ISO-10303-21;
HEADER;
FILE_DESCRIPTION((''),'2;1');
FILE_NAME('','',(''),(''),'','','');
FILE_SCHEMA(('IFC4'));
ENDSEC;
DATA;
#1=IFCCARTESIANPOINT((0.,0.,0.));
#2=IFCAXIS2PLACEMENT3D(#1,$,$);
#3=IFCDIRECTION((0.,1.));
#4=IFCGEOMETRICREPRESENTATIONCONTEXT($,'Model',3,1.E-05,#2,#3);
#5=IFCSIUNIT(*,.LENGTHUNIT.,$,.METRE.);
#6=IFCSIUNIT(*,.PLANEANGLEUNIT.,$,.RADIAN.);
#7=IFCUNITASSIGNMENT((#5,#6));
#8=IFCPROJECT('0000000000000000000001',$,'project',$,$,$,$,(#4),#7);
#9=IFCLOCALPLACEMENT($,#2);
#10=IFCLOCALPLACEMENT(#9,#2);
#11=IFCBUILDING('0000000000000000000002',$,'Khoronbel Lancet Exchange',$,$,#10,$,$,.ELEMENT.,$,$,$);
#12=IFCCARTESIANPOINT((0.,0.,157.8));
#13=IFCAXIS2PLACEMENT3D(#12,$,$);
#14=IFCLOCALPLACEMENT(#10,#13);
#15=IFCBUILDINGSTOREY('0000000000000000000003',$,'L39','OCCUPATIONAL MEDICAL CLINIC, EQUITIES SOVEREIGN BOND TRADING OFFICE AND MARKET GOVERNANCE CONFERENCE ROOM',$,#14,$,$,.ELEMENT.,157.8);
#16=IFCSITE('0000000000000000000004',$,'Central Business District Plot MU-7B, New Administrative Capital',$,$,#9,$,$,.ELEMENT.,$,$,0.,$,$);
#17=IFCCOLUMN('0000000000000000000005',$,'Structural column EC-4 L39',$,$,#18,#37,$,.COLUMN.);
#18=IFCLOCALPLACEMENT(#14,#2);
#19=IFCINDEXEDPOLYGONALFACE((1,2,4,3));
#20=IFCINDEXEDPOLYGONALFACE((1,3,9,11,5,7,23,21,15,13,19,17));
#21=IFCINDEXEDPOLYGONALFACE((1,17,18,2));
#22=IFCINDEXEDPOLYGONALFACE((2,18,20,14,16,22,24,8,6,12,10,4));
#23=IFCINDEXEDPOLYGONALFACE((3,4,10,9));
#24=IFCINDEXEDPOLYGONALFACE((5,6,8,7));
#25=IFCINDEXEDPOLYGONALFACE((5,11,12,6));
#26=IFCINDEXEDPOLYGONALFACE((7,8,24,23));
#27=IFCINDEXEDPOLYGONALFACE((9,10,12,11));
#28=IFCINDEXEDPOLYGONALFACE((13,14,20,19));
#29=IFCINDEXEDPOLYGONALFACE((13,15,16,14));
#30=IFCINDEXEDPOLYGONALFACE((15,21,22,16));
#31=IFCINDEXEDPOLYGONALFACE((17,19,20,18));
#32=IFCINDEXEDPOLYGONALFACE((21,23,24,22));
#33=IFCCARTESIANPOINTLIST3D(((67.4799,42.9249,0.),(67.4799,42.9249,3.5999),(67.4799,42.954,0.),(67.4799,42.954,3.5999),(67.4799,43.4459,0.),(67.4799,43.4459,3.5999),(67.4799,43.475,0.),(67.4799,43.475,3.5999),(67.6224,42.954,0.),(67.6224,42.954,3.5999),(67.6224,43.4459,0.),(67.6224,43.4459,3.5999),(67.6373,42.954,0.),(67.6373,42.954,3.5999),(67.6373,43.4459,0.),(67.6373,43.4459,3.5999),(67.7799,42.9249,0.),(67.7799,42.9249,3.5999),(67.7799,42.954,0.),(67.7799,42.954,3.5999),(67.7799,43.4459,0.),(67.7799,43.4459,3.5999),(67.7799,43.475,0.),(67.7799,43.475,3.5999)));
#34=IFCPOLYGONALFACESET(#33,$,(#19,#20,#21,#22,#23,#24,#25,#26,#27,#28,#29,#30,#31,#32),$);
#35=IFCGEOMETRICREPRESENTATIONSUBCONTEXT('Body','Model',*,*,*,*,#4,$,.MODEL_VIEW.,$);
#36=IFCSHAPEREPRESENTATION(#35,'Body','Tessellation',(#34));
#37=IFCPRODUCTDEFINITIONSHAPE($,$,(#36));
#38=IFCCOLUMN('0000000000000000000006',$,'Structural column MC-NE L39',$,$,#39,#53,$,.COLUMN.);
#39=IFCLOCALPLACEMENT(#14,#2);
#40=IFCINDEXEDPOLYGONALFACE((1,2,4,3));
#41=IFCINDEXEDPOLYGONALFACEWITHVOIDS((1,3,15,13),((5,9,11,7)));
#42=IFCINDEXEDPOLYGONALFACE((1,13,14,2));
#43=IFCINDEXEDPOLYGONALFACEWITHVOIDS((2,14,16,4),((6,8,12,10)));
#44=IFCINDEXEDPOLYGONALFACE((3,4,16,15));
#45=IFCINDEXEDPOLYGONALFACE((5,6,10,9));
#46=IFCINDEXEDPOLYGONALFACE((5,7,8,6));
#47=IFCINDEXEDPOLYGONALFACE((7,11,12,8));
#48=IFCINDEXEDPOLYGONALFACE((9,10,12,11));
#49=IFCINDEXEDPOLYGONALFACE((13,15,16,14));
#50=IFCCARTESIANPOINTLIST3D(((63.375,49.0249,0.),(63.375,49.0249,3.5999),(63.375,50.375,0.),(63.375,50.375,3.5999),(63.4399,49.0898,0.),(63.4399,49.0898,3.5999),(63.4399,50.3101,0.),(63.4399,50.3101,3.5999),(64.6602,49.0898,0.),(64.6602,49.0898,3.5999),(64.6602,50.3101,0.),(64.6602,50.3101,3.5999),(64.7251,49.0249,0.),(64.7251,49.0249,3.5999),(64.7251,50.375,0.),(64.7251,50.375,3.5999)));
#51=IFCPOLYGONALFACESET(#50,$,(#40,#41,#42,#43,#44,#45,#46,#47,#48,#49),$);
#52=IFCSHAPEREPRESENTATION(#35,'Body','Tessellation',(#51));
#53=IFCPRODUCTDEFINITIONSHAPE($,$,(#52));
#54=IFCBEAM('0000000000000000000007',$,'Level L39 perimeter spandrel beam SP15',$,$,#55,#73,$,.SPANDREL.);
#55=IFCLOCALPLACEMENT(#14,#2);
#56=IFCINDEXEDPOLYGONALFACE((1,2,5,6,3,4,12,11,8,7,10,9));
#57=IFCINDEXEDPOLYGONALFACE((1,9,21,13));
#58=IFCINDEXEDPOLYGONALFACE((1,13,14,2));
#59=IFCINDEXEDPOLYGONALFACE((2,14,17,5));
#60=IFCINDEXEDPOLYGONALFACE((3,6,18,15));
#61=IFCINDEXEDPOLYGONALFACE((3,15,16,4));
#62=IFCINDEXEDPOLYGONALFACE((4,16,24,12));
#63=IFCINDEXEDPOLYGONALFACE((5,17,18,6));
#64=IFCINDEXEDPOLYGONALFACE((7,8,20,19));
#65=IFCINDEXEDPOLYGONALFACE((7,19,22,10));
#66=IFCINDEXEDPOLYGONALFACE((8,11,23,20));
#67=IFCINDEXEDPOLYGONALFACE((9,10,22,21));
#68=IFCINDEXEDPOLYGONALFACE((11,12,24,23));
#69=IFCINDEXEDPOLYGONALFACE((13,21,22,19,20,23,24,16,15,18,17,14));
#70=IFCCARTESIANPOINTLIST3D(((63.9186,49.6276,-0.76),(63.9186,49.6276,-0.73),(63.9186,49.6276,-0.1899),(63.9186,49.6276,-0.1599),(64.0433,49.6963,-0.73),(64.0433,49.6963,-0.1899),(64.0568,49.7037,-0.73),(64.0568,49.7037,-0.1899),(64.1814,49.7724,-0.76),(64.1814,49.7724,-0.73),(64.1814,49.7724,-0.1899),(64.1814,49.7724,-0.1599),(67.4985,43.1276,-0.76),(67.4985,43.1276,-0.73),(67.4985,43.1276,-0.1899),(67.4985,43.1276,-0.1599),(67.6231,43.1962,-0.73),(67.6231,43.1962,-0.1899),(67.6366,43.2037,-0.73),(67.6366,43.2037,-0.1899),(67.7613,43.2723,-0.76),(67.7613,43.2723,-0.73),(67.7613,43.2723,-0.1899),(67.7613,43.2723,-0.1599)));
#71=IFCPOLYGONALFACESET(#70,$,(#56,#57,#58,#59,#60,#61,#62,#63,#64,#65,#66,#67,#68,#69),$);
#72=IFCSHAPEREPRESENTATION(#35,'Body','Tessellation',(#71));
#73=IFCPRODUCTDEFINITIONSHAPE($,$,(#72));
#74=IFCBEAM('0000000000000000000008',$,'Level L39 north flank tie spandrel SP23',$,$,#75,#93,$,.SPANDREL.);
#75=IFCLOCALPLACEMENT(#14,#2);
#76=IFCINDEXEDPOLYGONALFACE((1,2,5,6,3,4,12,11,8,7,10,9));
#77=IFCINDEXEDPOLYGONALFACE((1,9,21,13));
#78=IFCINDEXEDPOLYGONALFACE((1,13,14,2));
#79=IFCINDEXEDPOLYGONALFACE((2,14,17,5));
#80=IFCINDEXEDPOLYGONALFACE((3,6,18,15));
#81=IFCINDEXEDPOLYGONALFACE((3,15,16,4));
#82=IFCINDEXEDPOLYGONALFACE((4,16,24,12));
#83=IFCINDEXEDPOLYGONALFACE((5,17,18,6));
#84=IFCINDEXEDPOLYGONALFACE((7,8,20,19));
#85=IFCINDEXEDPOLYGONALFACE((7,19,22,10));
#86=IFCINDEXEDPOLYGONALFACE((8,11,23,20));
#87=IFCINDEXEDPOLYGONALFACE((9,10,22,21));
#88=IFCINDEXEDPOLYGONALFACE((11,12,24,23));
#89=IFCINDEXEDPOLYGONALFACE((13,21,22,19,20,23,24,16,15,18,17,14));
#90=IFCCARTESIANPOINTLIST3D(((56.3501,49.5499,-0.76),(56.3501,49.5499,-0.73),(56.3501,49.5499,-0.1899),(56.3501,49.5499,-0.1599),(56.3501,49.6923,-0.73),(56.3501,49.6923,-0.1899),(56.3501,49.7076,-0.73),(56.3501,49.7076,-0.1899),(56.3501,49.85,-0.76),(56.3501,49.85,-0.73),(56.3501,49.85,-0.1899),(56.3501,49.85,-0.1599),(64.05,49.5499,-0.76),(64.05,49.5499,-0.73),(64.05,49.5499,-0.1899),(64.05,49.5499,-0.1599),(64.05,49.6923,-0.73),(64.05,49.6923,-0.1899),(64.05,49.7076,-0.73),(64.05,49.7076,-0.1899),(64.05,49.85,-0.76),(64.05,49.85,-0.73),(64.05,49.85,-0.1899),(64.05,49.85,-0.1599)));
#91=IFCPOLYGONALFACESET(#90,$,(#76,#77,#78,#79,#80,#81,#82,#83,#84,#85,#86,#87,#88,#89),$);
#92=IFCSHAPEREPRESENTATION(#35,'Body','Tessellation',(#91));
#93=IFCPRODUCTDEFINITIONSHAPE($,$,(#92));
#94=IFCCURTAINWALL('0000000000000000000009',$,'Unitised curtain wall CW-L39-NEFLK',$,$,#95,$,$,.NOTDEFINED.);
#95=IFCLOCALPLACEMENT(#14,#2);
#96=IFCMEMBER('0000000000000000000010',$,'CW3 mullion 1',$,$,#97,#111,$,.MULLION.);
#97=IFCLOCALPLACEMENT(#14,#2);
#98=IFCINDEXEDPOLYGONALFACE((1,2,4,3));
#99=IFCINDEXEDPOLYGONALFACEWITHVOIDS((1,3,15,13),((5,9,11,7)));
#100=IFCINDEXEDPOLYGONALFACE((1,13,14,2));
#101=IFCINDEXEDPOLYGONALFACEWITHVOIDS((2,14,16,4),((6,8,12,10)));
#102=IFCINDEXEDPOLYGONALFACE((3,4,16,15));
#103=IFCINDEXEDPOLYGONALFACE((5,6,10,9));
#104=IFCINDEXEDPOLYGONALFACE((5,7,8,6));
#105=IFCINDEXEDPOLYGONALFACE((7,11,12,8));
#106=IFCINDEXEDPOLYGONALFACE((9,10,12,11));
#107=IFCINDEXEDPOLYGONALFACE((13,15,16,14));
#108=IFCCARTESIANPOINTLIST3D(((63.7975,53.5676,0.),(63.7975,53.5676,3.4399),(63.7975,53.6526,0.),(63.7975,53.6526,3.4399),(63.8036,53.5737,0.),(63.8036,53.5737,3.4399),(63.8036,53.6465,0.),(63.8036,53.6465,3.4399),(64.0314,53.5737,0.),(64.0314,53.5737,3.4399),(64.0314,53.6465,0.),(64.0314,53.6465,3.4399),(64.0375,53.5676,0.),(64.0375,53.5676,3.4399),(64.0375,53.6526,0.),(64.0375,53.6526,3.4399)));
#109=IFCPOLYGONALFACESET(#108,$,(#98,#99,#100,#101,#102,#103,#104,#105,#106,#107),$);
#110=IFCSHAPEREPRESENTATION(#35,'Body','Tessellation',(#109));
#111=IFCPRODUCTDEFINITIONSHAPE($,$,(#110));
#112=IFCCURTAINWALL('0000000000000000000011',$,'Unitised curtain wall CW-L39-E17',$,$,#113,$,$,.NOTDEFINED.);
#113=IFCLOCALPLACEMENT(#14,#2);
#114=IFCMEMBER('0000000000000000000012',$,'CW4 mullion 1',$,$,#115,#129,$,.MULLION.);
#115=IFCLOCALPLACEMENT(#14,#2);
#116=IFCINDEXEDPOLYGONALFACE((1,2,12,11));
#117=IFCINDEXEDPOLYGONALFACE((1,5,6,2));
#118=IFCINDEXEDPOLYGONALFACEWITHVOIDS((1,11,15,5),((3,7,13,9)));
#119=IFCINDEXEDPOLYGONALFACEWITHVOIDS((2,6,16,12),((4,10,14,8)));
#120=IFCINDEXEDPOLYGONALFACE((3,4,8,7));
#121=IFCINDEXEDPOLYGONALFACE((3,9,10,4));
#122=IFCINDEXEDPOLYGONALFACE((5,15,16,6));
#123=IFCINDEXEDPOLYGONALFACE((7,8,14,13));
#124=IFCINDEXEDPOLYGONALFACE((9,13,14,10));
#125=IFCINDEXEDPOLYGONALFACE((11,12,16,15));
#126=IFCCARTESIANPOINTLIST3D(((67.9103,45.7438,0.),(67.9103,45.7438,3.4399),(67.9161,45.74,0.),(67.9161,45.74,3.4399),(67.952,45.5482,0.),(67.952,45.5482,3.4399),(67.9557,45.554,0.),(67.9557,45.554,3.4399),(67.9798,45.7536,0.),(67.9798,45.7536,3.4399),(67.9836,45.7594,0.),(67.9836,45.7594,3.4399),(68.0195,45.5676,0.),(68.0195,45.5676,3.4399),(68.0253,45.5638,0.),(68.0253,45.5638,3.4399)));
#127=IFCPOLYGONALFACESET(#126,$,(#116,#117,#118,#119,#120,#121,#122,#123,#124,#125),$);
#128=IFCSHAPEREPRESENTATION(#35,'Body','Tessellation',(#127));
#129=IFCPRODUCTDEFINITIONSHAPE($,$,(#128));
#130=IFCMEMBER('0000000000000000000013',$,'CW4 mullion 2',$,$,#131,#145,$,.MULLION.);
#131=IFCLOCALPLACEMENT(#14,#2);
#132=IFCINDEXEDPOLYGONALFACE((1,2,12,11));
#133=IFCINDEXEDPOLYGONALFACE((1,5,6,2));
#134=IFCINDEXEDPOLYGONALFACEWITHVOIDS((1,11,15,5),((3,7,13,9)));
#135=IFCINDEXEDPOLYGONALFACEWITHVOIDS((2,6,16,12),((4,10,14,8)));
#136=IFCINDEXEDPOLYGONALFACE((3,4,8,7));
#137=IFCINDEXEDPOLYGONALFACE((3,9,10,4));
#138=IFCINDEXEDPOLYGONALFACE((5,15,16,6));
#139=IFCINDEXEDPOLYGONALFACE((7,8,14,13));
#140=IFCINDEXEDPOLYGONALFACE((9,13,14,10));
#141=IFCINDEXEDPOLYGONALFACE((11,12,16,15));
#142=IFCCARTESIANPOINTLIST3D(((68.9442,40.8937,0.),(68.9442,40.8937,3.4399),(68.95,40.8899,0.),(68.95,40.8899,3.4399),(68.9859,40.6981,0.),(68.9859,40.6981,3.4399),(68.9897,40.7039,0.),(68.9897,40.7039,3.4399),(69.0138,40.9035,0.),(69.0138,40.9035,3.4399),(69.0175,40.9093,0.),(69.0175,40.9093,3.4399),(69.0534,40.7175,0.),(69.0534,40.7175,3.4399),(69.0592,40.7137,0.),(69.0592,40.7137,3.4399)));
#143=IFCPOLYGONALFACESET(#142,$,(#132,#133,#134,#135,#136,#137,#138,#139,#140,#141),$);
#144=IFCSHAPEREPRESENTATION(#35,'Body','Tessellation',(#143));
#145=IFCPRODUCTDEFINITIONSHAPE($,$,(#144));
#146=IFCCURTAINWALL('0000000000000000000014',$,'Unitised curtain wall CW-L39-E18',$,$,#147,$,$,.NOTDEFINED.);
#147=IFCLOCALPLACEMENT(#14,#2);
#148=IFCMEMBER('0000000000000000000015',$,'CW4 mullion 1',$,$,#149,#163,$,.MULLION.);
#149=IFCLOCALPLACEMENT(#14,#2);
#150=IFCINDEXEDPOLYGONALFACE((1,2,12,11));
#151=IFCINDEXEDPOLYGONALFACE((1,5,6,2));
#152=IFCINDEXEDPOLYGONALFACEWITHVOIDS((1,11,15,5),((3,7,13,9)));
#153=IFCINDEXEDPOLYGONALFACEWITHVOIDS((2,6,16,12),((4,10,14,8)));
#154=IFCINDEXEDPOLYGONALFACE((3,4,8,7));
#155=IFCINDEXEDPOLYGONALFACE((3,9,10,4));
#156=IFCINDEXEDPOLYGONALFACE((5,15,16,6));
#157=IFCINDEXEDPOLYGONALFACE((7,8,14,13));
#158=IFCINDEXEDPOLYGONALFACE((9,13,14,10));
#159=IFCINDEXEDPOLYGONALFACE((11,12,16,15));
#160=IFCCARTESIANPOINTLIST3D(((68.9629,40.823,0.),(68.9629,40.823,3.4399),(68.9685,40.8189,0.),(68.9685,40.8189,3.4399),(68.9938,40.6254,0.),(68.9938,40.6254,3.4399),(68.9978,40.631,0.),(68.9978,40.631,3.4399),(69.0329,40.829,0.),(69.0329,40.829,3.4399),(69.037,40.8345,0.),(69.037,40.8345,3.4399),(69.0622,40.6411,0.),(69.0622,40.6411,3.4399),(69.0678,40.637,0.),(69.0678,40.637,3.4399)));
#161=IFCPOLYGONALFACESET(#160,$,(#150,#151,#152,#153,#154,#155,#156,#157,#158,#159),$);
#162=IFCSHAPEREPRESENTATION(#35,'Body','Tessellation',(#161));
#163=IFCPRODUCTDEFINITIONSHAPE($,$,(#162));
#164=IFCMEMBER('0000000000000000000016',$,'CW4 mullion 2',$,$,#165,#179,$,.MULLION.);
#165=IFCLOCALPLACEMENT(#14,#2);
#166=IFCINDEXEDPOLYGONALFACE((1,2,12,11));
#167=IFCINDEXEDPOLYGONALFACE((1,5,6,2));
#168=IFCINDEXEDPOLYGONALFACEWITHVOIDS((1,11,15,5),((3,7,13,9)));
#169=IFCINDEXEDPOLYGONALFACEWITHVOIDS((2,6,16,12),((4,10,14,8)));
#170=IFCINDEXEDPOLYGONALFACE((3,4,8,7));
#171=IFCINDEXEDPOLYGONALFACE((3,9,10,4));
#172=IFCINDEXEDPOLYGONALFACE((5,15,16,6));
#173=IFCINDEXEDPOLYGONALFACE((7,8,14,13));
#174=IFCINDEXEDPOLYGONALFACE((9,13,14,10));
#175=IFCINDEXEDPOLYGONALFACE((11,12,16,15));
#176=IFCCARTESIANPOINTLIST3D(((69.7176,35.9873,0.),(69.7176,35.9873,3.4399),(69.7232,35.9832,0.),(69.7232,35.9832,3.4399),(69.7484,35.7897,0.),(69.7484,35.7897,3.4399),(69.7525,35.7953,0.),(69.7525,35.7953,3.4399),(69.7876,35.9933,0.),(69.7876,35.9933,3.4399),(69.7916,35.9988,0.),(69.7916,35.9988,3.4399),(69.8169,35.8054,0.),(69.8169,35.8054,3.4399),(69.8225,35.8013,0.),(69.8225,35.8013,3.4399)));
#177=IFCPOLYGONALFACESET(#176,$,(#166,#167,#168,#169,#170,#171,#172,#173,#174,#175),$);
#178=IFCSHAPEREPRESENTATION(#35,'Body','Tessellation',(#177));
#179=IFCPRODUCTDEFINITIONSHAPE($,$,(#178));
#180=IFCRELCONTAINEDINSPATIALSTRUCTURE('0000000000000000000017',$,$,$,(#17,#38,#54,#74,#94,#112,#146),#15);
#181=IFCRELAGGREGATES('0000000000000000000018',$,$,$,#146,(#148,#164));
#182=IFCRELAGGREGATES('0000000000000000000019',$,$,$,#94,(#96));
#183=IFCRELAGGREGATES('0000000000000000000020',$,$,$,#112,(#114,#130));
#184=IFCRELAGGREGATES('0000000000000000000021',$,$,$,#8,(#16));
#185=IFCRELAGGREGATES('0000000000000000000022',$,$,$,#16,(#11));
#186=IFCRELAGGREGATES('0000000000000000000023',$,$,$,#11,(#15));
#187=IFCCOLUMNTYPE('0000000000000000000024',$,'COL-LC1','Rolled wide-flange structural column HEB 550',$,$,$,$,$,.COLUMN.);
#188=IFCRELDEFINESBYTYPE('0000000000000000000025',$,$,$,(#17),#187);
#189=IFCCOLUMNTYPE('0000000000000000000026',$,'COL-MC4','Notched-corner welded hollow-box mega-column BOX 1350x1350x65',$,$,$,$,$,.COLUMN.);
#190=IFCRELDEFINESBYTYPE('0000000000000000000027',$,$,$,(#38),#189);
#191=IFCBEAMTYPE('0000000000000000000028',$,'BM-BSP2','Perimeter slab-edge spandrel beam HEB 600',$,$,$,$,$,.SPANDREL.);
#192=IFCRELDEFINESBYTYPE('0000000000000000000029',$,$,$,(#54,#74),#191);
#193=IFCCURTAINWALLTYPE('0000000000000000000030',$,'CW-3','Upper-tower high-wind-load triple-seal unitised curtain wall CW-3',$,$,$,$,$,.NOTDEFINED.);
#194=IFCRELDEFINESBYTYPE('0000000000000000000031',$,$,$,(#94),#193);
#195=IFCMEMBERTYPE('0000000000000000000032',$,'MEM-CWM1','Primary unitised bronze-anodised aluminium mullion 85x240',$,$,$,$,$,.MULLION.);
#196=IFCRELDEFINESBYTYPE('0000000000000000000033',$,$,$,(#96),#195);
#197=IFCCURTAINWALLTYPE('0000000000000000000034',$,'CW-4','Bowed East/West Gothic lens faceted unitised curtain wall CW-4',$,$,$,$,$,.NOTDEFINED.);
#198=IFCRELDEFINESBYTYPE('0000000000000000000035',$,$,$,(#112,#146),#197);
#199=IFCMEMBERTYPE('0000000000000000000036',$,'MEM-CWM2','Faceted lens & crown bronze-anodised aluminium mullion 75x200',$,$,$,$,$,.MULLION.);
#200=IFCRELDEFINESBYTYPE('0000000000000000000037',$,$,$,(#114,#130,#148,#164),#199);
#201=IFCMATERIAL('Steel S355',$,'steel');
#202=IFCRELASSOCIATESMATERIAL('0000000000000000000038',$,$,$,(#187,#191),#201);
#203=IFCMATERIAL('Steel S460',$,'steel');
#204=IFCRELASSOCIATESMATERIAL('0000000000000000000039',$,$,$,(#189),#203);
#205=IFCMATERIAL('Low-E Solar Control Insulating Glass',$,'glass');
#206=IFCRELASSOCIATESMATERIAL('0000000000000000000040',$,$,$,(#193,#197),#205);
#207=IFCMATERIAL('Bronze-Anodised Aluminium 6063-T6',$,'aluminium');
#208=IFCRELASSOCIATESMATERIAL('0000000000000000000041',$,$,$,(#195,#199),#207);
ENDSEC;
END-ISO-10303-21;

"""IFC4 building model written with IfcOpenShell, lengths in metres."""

from ifc_helpers import new_model, si_unit, direction, frame, origin, origin_2d, place, context, subcontext, project, spatial, hollow_rectangle, i_section, extrude, material, material_profile, profile_set, type_object, element, aggregate, save


model = new_model("IFC4")

# Units and contexts
model_context = context("Model", 3, precision=1e-05, world=origin(), true_north=direction((0.0, 1.0)))
body_context = subcontext(model_context, "Body", "Model", "MODEL_VIEW")
ifc_project = project(units=[si_unit("LENGTHUNIT", "METRE"), si_unit("PLANEANGLEUNIT", "RADIAN")], contexts=[model_context])

# Site, building, storey
site_placement = place(None, origin())
site = spatial("IfcSite", under=ifc_project, at=site_placement, Name="Central Business District Plot MU-7B, New Administrative Capital", CompositionType="ELEMENT", RefElevation=0.0)
building_placement = place(site_placement, origin())
building = spatial("IfcBuilding", under=site, at=building_placement, Name="Khoronbel Lancet Exchange", CompositionType="ELEMENT")
storey_placement = place(building_placement, frame((0.0, 0.0, 157.8)))
storey = spatial("IfcBuildingStorey", under=building, at=storey_placement, Name="L39", Description="OCCUPATIONAL MEDICAL CLINIC, EQUITIES SOVEREIGN BOND TRADING OFFICE AND MARKET GOVERNANCE CONFERENCE ROOM", CompositionType="ELEMENT", Elevation=157.8)

# Columns
ifc_material_1 = material(Name="Steel S355", Category="steel")
ifc_material_profile_1 = material_profile(ifc_material_1, i_section(OverallWidth=0.3, OverallDepth=0.55, WebThickness=0.0149, FlangeThickness=0.0291, at=origin_2d()), Name="HEB 550")
ifc_profile_set_1 = profile_set([ifc_material_profile_1], Name="Steel S355")
column_type_1 = type_object("IfcColumnType", Name="COL-LC1", Description="Rolled wide-flange structural column HEB 550", PredefinedType="COLUMN", material=ifc_profile_set_1)
column_1_placement = place(storey_placement, frame((67.6299, 43.2, 0.0), z_axis=(0.0, 0.0, 1.0), x_axis=(1.0, 0.0, 0.0)))
element("IfcColumn", 1, at=column_1_placement, inside=storey, type_object=column_type_1, Name="Structural column EC-4 L39", PredefinedType="COLUMN", context=body_context, shape_type="SweptSolid", body=[
    extrude(i_section(OverallWidth=0.3, OverallDepth=0.55, WebThickness=0.0149, FlangeThickness=0.0291, at=origin_2d()), origin(), (0.0, 0.0, 1.0), 3.5999),
])
ifc_material_2 = material(Name="Steel S460", Category="steel")
ifc_material_profile_2 = material_profile(ifc_material_2, hollow_rectangle(XDim=1.3501, YDim=1.3501, WallThickness=0.0649, at=origin_2d()), Name="BOX 1350x1350x65")
ifc_profile_set_2 = profile_set([ifc_material_profile_2], Name="Steel S460")
column_type_2 = type_object("IfcColumnType", Name="COL-MC4", Description="Notched-corner welded hollow-box mega-column BOX 1350x1350x65", PredefinedType="COLUMN", material=ifc_profile_set_2)
column_2_placement = place(storey_placement, frame((64.05, 49.7, 0.0), z_axis=(0.0, 0.0, 1.0), x_axis=(1.0, 0.0, 0.0)))
element("IfcColumn", 2, at=column_2_placement, inside=storey, type_object=column_type_2, Name="Structural column MC-NE L39", PredefinedType="COLUMN", context=body_context, shape_type="SweptSolid", body=[
    extrude(hollow_rectangle(XDim=1.3501, YDim=1.3501, WallThickness=0.0649, at=origin_2d()), origin(), (0.0, 0.0, 1.0), 3.5999),
])

# Beams
ifc_material_profile_3 = material_profile(ifc_material_1, i_section(OverallWidth=0.3, OverallDepth=0.6001, WebThickness=0.0154, FlangeThickness=0.03, at=origin_2d()), Name="HEB 600")
ifc_profile_set_3 = profile_set([ifc_material_profile_3], Name="Steel S355")
beam_type = type_object("IfcBeamType", Name="BM-BSP2", Description="Perimeter slab-edge spandrel beam HEB 600", PredefinedType="SPANDREL", material=ifc_profile_set_3)
beam_1_placement = place(storey_placement, frame((67.6299, 43.2, -0.46), z_axis=(-0.482419, 0.875941, 0.0), x_axis=(-0.875941, -0.482419, 0.0)))
element("IfcBeam", 3, at=beam_1_placement, inside=storey, type_object=beam_type, Name="Level L39 perimeter spandrel beam SP15", PredefinedType="SPANDREL", context=body_context, shape_type="SweptSolid", body=[
    extrude(i_section(OverallWidth=0.3, OverallDepth=0.6001, WebThickness=0.0154, FlangeThickness=0.03, at=origin_2d()), origin(), (0.0, 0.0, 1.0), 7.4207),
])
beam_2_placement = place(storey_placement, frame((64.05, 49.7, -0.46), z_axis=(-1.0, 0.0, 0.0), x_axis=(0.0, -1.0, 0.0)))
element("IfcBeam", 4, at=beam_2_placement, inside=storey, type_object=beam_type, Name="Level L39 north flank tie spandrel SP23", PredefinedType="SPANDREL", context=body_context, shape_type="SweptSolid", body=[
    extrude(i_section(OverallWidth=0.3, OverallDepth=0.6001, WebThickness=0.0154, FlangeThickness=0.03, at=origin_2d()), origin(), (0.0, 0.0, 1.0), 7.7),
])

# Curtain wall, member
ifc_material_3 = material(Name="Low-E Solar Control Insulating Glass", Category="glass")
curtain_wall_type_1 = type_object("IfcCurtainWallType", Name="CW-3", Description="Upper-tower high-wind-load triple-seal unitised curtain wall CW-3", PredefinedType="NOTDEFINED", material=ifc_material_3)
curtain_wall_1_placement = place(storey_placement, origin())
curtain_wall_1 = element("IfcCurtainWall", 5, at=curtain_wall_1_placement, inside=storey, type_object=curtain_wall_type_1, Name="Unitised curtain wall CW-L39-NEFLK", PredefinedType="NOTDEFINED")
ifc_material_4 = material(Name="Bronze-Anodised Aluminium 6063-T6", Category="aluminium")
ifc_material_profile_4 = material_profile(ifc_material_4, hollow_rectangle(XDim=0.085, YDim=0.24, WallThickness=0.0061, at=origin_2d()), Name="ALU MULLION 85x240")
ifc_profile_set_4 = profile_set([ifc_material_profile_4], Name="Bronze-Anodised Aluminium 6063-T6")
member_type_1 = type_object("IfcMemberType", Name="MEM-CWM1", Description="Primary unitised bronze-anodised aluminium mullion 85x240", PredefinedType="MULLION", material=ifc_profile_set_4)
member_1_placement = place(storey_placement, frame((63.9175, 53.6101, 0.0), z_axis=(0.0, 0.0, 1.0), x_axis=(0.0, -1.0, 0.0)))
member_1 = element("IfcMember", 6, at=member_1_placement, type_object=member_type_1, Name="CW3 mullion 1", PredefinedType="MULLION", context=body_context, shape_type="SweptSolid", body=[
    extrude(hollow_rectangle(XDim=0.085, YDim=0.24, WallThickness=0.0061, at=origin_2d()), origin(), (0.0, 0.0, 1.0), 3.4399),
])

# Curtain walls, members
curtain_wall_type_2 = type_object("IfcCurtainWallType", Name="CW-4", Description="Bowed East/West Gothic lens faceted unitised curtain wall CW-4", PredefinedType="NOTDEFINED", material=ifc_material_3)
curtain_wall_2_placement = place(storey_placement, origin())
curtain_wall_2 = element("IfcCurtainWall", 7, at=curtain_wall_2_placement, inside=storey, type_object=curtain_wall_type_2, Name="Unitised curtain wall CW-L39-E17", PredefinedType="NOTDEFINED")
ifc_material_profile_5 = material_profile(ifc_material_4, hollow_rectangle(XDim=0.075, YDim=0.2, WallThickness=0.0049, at=origin_2d()), Name="ALU MULLION 75x200")
ifc_profile_set_5 = profile_set([ifc_material_profile_5], Name="Bronze-Anodised Aluminium 6063-T6")
member_type_2 = type_object("IfcMemberType", Name="MEM-CWM2", Description="Faceted lens & crown bronze-anodised aluminium mullion 75x200", PredefinedType="MULLION", material=ifc_profile_set_5)
member_2_placement = place(storey_placement, frame((67.9678, 45.6538, 0.0), z_axis=(0.0, 0.0, 1.0), x_axis=(0.978023, 0.208497, 0.0)))
member_2 = element("IfcMember", 8, at=member_2_placement, type_object=member_type_2, Name="CW4 mullion 1", PredefinedType="MULLION", context=body_context, shape_type="SweptSolid", body=[
    extrude(hollow_rectangle(XDim=0.075, YDim=0.2, WallThickness=0.0049, at=origin_2d()), origin(), (0.0, 0.0, 1.0), 3.4399),
])
member_3_placement = place(storey_placement, frame((69.0017, 40.8037, 0.0), z_axis=(0.0, 0.0, 1.0), x_axis=(0.978023, 0.208497, 0.0)))
member_3 = element("IfcMember", 9, at=member_3_placement, type_object=member_type_2, Name="CW4 mullion 2", PredefinedType="MULLION", context=body_context, shape_type="SweptSolid", body=[
    extrude(hollow_rectangle(XDim=0.075, YDim=0.2, WallThickness=0.0049, at=origin_2d()), origin(), (0.0, 0.0, 1.0), 3.4399),
])
curtain_wall_3_placement = place(storey_placement, origin())
curtain_wall_3 = element("IfcCurtainWall", 10, at=curtain_wall_3_placement, inside=storey, type_object=curtain_wall_type_2, Name="Unitised curtain wall CW-L39-E18", PredefinedType="NOTDEFINED")
member_4_placement = place(storey_placement, frame((69.0154, 40.73, 0.0), z_axis=(0.0, 0.0, 1.0), x_axis=(0.988041, 0.154189, 0.0)))
member_4 = element("IfcMember", 11, at=member_4_placement, type_object=member_type_2, Name="CW4 mullion 1", PredefinedType="MULLION", context=body_context, shape_type="SweptSolid", body=[
    extrude(hollow_rectangle(XDim=0.075, YDim=0.2, WallThickness=0.0049, at=origin_2d()), origin(), (0.0, 0.0, 1.0), 3.4399),
])
member_5_placement = place(storey_placement, frame((69.77, 35.8943, 0.0), z_axis=(0.0, 0.0, 1.0), x_axis=(0.988041, 0.154189, 0.0)))
member_5 = element("IfcMember", 12, at=member_5_placement, type_object=member_type_2, Name="CW4 mullion 2", PredefinedType="MULLION", context=body_context, shape_type="SweptSolid", body=[
    extrude(hollow_rectangle(XDim=0.075, YDim=0.2, WallThickness=0.0049, at=origin_2d()), origin(), (0.0, 0.0, 1.0), 3.4399),
])

aggregate(curtain_wall_3, [member_4, member_5])
aggregate(curtain_wall_1, [member_1])
aggregate(curtain_wall_2, [member_2, member_3])

save(model, "model.ifc")
